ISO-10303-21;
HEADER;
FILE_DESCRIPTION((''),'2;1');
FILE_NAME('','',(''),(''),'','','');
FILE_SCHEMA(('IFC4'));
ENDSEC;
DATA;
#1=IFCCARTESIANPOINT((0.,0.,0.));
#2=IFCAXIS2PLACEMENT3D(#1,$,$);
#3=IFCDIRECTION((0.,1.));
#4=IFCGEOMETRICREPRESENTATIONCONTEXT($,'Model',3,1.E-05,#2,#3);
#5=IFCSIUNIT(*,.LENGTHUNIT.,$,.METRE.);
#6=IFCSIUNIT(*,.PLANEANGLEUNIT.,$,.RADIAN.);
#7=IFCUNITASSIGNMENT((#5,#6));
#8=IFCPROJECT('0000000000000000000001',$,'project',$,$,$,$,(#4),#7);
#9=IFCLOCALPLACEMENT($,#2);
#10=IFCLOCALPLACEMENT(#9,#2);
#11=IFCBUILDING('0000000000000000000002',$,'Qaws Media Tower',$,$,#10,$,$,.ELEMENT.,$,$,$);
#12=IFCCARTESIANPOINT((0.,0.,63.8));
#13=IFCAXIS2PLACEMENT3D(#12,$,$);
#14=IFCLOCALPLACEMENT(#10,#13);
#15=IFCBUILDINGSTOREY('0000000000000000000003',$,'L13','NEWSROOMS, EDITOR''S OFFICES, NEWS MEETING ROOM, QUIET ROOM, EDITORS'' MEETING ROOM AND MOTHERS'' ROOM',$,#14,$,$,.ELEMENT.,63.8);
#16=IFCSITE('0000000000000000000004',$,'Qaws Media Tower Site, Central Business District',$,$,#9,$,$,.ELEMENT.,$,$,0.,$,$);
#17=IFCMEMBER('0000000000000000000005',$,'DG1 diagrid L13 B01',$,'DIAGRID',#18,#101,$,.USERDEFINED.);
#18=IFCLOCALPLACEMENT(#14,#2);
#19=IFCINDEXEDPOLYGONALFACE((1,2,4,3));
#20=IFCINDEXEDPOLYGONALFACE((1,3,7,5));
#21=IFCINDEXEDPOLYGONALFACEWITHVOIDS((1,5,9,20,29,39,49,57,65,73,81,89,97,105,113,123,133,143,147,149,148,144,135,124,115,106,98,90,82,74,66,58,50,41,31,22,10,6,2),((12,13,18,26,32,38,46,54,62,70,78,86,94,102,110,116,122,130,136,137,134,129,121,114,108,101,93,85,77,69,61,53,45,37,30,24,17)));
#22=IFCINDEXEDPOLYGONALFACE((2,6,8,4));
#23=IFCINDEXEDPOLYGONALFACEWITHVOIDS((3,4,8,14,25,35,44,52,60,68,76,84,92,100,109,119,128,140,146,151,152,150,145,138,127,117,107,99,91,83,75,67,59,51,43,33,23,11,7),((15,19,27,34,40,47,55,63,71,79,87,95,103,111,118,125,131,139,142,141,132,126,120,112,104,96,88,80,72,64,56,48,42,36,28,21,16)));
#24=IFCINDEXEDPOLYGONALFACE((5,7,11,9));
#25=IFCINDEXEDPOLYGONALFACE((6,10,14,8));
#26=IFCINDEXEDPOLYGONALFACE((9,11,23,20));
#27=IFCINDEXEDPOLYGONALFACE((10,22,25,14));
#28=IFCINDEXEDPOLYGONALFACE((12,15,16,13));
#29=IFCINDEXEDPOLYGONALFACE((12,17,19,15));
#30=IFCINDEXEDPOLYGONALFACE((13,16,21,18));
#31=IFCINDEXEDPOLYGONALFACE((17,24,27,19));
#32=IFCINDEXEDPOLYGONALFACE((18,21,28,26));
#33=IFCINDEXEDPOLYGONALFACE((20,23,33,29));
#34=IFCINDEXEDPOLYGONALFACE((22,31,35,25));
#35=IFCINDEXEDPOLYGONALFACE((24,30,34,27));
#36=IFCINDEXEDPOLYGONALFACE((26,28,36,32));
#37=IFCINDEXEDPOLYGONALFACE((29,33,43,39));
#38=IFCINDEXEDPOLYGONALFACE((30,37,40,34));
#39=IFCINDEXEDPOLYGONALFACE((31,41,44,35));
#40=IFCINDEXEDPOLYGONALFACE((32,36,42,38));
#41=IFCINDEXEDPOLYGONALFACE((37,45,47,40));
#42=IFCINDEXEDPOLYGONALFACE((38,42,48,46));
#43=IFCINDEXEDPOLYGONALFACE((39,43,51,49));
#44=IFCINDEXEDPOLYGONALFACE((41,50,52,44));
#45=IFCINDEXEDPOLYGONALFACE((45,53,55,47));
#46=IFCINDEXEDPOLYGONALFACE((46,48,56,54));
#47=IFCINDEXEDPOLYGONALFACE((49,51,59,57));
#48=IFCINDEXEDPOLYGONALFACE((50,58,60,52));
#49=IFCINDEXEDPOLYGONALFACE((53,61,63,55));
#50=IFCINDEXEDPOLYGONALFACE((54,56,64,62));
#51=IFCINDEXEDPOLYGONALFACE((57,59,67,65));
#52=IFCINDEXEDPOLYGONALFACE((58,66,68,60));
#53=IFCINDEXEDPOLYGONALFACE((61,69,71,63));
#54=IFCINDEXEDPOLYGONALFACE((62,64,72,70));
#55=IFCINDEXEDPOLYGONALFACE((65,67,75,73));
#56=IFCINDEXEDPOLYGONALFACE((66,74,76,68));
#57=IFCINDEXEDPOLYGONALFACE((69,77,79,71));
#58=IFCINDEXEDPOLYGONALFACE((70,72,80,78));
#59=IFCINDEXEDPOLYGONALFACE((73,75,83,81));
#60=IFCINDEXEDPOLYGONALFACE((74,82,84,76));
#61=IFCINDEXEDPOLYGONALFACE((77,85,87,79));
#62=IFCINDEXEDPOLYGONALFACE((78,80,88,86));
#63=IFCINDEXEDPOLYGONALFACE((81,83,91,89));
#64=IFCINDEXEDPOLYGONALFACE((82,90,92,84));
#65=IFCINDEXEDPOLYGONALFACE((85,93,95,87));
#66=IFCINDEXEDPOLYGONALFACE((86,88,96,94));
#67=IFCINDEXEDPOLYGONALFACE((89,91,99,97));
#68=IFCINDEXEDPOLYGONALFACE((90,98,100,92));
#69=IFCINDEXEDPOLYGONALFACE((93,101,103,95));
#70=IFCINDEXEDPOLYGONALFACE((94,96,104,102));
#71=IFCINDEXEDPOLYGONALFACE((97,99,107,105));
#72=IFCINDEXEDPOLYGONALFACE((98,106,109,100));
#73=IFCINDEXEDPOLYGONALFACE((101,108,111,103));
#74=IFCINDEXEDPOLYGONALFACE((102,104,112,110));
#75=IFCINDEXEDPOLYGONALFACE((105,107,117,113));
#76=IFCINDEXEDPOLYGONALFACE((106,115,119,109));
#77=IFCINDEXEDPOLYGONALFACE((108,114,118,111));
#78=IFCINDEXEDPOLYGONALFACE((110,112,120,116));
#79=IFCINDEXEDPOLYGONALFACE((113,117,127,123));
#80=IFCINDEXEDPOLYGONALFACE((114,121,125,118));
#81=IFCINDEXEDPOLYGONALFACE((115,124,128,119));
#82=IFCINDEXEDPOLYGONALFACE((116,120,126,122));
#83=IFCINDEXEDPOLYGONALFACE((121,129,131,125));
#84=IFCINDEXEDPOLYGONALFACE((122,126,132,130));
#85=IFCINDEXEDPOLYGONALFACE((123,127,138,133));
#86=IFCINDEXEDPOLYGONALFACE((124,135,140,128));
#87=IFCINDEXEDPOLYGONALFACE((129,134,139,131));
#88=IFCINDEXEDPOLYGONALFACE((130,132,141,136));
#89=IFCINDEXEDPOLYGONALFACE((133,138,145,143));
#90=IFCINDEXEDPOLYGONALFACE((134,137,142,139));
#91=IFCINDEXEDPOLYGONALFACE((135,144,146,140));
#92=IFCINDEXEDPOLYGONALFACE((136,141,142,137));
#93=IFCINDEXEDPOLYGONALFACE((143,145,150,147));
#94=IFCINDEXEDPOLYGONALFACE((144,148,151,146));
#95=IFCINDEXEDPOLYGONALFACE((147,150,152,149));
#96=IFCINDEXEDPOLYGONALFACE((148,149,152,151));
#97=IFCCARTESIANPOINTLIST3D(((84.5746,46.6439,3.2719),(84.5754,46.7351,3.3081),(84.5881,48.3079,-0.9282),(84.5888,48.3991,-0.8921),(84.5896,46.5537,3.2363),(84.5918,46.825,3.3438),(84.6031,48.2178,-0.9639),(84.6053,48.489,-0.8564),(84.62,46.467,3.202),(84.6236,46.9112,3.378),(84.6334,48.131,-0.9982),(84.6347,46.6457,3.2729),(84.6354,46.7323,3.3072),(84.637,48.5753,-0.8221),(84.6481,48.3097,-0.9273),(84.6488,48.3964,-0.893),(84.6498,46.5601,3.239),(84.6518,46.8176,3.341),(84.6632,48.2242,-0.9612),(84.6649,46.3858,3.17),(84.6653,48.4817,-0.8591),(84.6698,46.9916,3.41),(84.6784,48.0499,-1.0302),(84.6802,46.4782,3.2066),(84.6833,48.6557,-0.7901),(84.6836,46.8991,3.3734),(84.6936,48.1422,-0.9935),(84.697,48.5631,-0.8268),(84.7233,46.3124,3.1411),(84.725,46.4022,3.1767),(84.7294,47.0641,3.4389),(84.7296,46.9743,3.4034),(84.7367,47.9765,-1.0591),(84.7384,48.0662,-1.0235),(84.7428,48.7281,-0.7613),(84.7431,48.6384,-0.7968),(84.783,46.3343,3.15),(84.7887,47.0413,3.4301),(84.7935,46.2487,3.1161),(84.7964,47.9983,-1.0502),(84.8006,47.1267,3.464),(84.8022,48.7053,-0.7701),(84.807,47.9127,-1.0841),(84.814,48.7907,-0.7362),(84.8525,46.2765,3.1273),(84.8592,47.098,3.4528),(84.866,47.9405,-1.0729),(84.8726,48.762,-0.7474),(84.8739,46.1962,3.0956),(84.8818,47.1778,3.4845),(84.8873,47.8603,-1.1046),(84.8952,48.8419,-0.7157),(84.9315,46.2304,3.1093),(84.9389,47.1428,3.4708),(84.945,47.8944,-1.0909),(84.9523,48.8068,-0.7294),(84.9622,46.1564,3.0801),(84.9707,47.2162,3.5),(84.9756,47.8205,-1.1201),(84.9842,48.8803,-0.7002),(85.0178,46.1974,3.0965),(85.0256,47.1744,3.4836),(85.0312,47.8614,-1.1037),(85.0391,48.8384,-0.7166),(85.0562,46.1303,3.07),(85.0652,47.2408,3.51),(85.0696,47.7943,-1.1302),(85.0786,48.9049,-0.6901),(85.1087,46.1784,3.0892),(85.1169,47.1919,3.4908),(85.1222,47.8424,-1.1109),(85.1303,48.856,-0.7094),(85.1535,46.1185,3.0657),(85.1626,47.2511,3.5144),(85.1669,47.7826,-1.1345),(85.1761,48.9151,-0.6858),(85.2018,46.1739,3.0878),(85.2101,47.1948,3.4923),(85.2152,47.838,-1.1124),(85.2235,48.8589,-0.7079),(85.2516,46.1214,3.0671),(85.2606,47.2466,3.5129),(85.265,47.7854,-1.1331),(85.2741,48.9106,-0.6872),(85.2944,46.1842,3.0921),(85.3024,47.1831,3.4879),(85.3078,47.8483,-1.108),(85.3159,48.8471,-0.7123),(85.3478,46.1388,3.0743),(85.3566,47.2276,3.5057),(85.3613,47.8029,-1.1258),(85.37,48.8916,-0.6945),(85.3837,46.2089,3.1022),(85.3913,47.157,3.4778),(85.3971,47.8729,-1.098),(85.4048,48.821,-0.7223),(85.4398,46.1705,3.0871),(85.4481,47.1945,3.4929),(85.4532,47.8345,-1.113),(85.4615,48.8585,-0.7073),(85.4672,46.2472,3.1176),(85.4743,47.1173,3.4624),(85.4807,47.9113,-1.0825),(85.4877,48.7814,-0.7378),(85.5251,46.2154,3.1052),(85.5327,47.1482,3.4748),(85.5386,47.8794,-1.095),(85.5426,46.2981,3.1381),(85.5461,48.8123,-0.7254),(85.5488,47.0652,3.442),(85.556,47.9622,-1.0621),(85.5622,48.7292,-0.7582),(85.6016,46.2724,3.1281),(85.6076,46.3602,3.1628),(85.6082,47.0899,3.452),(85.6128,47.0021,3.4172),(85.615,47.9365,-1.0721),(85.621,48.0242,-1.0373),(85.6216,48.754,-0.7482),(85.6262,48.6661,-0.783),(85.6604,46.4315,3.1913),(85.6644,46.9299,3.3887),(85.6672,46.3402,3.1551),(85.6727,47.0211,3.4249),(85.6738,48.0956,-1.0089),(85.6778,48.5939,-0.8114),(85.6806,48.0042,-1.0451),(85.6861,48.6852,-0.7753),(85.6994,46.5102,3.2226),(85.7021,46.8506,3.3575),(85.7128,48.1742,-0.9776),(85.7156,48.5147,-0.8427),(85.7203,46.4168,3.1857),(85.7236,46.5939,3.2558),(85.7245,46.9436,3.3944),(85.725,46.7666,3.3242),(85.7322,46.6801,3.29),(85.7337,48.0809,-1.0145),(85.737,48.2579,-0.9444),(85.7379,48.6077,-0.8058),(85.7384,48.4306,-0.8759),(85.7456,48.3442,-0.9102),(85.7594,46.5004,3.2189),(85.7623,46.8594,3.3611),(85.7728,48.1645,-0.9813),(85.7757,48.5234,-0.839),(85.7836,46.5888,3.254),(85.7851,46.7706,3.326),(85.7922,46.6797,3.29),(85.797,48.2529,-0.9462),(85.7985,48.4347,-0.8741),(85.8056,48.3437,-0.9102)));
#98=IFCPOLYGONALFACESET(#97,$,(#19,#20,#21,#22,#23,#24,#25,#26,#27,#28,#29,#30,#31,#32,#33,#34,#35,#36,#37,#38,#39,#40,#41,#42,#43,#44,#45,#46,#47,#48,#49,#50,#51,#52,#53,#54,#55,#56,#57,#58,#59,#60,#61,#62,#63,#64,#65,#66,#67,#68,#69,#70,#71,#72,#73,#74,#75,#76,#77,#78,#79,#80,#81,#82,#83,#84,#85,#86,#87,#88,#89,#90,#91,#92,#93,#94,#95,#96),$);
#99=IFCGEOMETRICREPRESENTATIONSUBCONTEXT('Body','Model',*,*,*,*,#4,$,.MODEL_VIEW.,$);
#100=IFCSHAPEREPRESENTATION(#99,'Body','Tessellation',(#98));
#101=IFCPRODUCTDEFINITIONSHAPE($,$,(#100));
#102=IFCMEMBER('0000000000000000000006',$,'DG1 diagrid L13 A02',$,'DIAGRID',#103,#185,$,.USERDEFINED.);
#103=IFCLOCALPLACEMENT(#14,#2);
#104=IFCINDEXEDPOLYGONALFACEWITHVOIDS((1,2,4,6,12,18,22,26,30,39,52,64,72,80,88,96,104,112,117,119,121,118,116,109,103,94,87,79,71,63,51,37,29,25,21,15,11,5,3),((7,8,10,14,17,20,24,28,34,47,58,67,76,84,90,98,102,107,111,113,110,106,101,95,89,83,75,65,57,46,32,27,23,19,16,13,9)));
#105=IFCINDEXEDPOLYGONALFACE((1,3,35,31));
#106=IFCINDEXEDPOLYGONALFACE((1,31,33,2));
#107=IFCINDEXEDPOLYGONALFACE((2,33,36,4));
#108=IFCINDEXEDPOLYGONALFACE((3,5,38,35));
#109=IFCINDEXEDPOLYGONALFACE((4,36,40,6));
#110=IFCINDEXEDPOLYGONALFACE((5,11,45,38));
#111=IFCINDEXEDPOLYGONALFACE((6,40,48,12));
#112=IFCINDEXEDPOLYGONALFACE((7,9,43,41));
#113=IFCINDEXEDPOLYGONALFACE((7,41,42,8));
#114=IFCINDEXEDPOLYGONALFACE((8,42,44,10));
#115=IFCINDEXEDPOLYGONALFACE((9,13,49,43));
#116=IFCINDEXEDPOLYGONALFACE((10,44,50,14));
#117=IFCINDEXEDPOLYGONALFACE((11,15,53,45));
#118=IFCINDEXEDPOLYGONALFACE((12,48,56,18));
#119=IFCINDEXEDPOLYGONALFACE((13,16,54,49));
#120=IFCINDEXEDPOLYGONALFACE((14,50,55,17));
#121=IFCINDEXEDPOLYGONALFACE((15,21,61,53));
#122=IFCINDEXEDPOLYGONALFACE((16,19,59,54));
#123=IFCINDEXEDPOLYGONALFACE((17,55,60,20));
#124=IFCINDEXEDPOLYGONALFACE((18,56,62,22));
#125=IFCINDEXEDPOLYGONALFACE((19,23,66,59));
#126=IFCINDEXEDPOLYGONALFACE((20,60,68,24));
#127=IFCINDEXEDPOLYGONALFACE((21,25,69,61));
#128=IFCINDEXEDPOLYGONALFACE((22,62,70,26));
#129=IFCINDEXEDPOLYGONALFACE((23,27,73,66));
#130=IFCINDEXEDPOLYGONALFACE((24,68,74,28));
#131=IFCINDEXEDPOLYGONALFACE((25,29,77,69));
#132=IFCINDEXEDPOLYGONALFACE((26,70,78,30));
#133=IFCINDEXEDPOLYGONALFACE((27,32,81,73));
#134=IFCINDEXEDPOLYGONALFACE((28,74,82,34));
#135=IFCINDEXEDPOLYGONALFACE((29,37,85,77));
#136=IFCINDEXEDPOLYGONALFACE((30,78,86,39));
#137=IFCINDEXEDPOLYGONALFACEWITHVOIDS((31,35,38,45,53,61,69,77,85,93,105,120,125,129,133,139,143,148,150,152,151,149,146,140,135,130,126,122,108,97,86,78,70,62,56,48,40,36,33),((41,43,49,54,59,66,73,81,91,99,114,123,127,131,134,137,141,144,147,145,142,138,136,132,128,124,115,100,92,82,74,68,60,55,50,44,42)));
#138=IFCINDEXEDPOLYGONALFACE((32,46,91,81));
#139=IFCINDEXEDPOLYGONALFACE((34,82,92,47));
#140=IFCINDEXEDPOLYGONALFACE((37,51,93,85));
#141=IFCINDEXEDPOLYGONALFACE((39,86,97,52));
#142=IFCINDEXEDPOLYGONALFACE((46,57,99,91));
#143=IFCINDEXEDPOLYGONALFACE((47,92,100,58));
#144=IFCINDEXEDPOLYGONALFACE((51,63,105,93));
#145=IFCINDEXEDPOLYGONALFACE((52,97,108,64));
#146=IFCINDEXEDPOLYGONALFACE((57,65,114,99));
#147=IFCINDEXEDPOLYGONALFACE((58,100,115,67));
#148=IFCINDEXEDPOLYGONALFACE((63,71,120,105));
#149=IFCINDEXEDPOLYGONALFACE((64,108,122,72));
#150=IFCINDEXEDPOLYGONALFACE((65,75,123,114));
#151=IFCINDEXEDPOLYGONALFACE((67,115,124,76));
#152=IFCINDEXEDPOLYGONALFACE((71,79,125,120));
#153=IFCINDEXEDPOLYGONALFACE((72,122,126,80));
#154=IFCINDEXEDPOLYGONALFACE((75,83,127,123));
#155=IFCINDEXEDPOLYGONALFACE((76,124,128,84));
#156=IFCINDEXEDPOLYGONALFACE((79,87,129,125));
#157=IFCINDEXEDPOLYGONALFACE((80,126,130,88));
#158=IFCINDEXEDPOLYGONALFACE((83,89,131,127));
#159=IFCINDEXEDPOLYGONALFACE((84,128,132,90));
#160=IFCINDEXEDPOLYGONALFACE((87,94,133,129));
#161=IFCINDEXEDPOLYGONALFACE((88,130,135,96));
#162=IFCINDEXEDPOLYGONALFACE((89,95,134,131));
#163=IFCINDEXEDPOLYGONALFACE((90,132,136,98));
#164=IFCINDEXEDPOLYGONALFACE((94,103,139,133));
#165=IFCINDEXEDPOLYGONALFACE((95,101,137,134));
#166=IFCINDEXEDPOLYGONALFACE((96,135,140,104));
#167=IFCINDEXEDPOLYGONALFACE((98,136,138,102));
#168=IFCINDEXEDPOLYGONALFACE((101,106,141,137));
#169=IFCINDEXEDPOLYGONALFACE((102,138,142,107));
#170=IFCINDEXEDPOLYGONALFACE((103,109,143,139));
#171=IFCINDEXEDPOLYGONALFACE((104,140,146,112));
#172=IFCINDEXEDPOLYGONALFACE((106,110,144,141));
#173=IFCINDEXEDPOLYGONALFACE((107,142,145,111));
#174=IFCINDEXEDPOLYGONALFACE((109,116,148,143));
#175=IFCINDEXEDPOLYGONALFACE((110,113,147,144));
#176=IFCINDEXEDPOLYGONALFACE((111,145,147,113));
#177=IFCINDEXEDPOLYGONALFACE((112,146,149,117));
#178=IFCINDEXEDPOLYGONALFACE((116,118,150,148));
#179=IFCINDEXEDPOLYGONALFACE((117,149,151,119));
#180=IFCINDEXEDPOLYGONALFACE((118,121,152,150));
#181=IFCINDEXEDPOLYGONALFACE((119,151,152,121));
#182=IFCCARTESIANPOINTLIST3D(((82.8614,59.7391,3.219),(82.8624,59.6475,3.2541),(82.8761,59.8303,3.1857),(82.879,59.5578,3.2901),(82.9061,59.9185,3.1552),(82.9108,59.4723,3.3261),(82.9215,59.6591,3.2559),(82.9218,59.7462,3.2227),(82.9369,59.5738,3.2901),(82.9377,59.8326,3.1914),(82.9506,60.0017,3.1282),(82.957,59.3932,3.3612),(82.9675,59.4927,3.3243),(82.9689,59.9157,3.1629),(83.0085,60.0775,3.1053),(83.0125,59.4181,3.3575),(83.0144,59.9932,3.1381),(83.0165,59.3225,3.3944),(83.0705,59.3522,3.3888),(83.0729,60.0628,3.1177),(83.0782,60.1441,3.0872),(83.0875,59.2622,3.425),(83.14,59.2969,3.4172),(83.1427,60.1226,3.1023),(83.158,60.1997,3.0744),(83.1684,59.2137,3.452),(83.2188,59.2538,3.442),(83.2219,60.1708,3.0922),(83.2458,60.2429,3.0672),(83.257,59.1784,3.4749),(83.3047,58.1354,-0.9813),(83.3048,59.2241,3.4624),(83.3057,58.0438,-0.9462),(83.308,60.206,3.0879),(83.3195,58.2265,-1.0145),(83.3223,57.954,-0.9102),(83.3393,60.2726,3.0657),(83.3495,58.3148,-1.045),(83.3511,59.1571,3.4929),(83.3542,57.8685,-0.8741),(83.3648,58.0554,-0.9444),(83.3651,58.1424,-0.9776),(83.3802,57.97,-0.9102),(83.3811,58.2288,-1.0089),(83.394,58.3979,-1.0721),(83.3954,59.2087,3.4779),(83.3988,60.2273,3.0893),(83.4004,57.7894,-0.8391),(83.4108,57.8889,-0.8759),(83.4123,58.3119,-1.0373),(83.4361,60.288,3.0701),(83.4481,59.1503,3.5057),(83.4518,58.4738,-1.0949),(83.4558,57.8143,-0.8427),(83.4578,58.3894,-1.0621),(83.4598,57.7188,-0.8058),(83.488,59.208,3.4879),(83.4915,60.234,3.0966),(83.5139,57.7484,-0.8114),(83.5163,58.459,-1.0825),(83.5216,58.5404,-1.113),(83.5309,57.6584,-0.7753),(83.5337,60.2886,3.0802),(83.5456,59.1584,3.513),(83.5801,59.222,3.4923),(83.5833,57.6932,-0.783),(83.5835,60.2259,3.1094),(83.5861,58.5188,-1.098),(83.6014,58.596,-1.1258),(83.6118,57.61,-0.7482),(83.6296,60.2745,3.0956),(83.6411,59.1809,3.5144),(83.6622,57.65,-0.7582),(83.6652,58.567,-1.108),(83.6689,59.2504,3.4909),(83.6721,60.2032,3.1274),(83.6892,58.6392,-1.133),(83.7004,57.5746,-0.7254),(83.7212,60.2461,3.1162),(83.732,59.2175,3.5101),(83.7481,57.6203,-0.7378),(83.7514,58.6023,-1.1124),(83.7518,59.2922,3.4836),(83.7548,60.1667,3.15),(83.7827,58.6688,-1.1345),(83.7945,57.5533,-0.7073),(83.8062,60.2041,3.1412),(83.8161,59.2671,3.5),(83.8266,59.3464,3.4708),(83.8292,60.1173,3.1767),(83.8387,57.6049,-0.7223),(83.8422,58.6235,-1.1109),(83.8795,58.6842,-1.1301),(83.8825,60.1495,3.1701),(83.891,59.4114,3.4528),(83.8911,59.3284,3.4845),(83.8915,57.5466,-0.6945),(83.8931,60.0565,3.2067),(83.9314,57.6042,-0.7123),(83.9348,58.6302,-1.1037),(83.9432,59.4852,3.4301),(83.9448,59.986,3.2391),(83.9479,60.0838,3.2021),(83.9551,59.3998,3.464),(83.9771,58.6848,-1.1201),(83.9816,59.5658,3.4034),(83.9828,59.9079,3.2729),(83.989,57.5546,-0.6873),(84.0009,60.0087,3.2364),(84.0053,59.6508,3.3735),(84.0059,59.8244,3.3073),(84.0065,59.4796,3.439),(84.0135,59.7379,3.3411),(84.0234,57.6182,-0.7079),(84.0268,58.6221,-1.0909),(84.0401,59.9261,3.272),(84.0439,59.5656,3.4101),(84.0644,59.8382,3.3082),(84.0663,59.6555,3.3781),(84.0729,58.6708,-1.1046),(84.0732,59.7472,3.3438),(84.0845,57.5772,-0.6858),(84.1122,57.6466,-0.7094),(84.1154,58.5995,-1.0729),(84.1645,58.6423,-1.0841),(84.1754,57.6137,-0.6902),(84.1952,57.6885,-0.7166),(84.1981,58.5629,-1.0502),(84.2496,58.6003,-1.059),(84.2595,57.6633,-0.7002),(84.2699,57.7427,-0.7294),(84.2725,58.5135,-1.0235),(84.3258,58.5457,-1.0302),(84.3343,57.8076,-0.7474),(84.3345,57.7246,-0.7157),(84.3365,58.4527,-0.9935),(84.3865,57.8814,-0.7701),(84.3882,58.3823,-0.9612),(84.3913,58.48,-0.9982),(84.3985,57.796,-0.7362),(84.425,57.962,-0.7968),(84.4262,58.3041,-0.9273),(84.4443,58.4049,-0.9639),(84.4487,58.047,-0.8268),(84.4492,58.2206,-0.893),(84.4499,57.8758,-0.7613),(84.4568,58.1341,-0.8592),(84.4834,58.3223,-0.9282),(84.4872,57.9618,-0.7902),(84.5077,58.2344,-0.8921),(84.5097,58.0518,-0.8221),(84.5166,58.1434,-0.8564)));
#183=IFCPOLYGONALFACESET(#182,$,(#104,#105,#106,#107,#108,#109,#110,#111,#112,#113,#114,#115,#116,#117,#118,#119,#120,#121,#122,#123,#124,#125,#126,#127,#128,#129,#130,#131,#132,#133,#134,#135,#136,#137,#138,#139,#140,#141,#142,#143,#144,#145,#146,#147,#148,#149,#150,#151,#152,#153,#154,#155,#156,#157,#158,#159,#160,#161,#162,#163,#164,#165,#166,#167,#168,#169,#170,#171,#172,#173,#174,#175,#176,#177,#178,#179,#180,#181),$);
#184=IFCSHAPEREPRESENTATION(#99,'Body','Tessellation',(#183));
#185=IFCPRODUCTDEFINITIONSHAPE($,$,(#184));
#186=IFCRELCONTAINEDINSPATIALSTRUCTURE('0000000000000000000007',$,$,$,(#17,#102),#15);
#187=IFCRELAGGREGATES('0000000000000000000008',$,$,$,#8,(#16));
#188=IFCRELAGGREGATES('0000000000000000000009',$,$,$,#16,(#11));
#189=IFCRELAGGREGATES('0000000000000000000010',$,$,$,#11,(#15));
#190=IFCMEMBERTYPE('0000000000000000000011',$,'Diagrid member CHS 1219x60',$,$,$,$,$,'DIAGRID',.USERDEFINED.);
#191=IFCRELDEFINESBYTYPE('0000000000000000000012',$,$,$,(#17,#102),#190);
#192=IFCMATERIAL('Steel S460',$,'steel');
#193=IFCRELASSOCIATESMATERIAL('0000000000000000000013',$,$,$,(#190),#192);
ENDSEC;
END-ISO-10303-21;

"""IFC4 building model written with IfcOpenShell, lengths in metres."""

from ifc_helpers import new_model, si_unit, direction, frame, origin, origin_2d, place, context, subcontext, project, spatial, hollow_circle, extrude, material, material_profile, profile_set, type_object, element, save


model = new_model("IFC4")

# Units and contexts
model_context = context("Model", 3, precision=1e-05, world=origin(), true_north=direction((0.0, 1.0)))
body_context = subcontext(model_context, "Body", "Model", "MODEL_VIEW")
ifc_project = project(units=[si_unit("LENGTHUNIT", "METRE"), si_unit("PLANEANGLEUNIT", "RADIAN")], contexts=[model_context])

# Site, building, storey
site_placement = place(None, origin())
site = spatial("IfcSite", under=ifc_project, at=site_placement, Name="Qaws Media Tower Site, Central Business District", CompositionType="ELEMENT", RefElevation=0.0)
building_placement = place(site_placement, origin())
building = spatial("IfcBuilding", under=site, at=building_placement, Name="Qaws Media Tower", CompositionType="ELEMENT")
storey_placement = place(building_placement, frame((0.0, 0.0, 63.8)))
storey = spatial("IfcBuildingStorey", under=building, at=storey_placement, Name="L13", Description="NEWSROOMS, EDITOR'S OFFICES, NEWS MEETING ROOM, QUIET ROOM, EDITORS' MEETING ROOM AND MOTHERS' ROOM", CompositionType="ELEMENT", Elevation=63.8)

# Members
ifc_material_1 = material(Name="Steel S460", Category="steel")
ifc_material_profile_1 = material_profile(ifc_material_1, hollow_circle(Radius=0.6096, WallThickness=0.0601, at=origin_2d()), Name="CHS 1219x60")
ifc_profile_set_1 = profile_set([ifc_material_profile_1], Name="Steel S460")
member_type_1 = type_object("IfcMemberType", Name="Diagrid member CHS 1219x60", ElementType="DIAGRID", PredefinedType="USERDEFINED", material=ifc_profile_set_1)
for number, where, z_axis, x_axis, name in (
    (1, (85.196, 48.3486, -0.9102), (-0.002972, -0.368331, 0.92969), (0.999967, -0.008069, 0.0), "DG1 diagrid L13 B01"),
    (2, (83.9099, 58.1165, -0.9102), (-0.098137, 0.354989, 0.929705), (-0.963847, -0.266456, 0.0), "DG1 diagrid L13 A02"),
):
    element("IfcMember", number, at=place(storey_placement, frame(where, z_axis=z_axis, x_axis=x_axis)), inside=storey, type_object=member_type_1, Name=name, ObjectType="DIAGRID", PredefinedType="USERDEFINED", context=body_context, shape_type="SweptSolid", body=[
        extrude(hollow_circle(Radius=0.6096, WallThickness=0.0601, at=origin_2d()), origin(), (0.0, 0.0, 1.0), 4.5178),
    ])

save(model, "model.ifc")
